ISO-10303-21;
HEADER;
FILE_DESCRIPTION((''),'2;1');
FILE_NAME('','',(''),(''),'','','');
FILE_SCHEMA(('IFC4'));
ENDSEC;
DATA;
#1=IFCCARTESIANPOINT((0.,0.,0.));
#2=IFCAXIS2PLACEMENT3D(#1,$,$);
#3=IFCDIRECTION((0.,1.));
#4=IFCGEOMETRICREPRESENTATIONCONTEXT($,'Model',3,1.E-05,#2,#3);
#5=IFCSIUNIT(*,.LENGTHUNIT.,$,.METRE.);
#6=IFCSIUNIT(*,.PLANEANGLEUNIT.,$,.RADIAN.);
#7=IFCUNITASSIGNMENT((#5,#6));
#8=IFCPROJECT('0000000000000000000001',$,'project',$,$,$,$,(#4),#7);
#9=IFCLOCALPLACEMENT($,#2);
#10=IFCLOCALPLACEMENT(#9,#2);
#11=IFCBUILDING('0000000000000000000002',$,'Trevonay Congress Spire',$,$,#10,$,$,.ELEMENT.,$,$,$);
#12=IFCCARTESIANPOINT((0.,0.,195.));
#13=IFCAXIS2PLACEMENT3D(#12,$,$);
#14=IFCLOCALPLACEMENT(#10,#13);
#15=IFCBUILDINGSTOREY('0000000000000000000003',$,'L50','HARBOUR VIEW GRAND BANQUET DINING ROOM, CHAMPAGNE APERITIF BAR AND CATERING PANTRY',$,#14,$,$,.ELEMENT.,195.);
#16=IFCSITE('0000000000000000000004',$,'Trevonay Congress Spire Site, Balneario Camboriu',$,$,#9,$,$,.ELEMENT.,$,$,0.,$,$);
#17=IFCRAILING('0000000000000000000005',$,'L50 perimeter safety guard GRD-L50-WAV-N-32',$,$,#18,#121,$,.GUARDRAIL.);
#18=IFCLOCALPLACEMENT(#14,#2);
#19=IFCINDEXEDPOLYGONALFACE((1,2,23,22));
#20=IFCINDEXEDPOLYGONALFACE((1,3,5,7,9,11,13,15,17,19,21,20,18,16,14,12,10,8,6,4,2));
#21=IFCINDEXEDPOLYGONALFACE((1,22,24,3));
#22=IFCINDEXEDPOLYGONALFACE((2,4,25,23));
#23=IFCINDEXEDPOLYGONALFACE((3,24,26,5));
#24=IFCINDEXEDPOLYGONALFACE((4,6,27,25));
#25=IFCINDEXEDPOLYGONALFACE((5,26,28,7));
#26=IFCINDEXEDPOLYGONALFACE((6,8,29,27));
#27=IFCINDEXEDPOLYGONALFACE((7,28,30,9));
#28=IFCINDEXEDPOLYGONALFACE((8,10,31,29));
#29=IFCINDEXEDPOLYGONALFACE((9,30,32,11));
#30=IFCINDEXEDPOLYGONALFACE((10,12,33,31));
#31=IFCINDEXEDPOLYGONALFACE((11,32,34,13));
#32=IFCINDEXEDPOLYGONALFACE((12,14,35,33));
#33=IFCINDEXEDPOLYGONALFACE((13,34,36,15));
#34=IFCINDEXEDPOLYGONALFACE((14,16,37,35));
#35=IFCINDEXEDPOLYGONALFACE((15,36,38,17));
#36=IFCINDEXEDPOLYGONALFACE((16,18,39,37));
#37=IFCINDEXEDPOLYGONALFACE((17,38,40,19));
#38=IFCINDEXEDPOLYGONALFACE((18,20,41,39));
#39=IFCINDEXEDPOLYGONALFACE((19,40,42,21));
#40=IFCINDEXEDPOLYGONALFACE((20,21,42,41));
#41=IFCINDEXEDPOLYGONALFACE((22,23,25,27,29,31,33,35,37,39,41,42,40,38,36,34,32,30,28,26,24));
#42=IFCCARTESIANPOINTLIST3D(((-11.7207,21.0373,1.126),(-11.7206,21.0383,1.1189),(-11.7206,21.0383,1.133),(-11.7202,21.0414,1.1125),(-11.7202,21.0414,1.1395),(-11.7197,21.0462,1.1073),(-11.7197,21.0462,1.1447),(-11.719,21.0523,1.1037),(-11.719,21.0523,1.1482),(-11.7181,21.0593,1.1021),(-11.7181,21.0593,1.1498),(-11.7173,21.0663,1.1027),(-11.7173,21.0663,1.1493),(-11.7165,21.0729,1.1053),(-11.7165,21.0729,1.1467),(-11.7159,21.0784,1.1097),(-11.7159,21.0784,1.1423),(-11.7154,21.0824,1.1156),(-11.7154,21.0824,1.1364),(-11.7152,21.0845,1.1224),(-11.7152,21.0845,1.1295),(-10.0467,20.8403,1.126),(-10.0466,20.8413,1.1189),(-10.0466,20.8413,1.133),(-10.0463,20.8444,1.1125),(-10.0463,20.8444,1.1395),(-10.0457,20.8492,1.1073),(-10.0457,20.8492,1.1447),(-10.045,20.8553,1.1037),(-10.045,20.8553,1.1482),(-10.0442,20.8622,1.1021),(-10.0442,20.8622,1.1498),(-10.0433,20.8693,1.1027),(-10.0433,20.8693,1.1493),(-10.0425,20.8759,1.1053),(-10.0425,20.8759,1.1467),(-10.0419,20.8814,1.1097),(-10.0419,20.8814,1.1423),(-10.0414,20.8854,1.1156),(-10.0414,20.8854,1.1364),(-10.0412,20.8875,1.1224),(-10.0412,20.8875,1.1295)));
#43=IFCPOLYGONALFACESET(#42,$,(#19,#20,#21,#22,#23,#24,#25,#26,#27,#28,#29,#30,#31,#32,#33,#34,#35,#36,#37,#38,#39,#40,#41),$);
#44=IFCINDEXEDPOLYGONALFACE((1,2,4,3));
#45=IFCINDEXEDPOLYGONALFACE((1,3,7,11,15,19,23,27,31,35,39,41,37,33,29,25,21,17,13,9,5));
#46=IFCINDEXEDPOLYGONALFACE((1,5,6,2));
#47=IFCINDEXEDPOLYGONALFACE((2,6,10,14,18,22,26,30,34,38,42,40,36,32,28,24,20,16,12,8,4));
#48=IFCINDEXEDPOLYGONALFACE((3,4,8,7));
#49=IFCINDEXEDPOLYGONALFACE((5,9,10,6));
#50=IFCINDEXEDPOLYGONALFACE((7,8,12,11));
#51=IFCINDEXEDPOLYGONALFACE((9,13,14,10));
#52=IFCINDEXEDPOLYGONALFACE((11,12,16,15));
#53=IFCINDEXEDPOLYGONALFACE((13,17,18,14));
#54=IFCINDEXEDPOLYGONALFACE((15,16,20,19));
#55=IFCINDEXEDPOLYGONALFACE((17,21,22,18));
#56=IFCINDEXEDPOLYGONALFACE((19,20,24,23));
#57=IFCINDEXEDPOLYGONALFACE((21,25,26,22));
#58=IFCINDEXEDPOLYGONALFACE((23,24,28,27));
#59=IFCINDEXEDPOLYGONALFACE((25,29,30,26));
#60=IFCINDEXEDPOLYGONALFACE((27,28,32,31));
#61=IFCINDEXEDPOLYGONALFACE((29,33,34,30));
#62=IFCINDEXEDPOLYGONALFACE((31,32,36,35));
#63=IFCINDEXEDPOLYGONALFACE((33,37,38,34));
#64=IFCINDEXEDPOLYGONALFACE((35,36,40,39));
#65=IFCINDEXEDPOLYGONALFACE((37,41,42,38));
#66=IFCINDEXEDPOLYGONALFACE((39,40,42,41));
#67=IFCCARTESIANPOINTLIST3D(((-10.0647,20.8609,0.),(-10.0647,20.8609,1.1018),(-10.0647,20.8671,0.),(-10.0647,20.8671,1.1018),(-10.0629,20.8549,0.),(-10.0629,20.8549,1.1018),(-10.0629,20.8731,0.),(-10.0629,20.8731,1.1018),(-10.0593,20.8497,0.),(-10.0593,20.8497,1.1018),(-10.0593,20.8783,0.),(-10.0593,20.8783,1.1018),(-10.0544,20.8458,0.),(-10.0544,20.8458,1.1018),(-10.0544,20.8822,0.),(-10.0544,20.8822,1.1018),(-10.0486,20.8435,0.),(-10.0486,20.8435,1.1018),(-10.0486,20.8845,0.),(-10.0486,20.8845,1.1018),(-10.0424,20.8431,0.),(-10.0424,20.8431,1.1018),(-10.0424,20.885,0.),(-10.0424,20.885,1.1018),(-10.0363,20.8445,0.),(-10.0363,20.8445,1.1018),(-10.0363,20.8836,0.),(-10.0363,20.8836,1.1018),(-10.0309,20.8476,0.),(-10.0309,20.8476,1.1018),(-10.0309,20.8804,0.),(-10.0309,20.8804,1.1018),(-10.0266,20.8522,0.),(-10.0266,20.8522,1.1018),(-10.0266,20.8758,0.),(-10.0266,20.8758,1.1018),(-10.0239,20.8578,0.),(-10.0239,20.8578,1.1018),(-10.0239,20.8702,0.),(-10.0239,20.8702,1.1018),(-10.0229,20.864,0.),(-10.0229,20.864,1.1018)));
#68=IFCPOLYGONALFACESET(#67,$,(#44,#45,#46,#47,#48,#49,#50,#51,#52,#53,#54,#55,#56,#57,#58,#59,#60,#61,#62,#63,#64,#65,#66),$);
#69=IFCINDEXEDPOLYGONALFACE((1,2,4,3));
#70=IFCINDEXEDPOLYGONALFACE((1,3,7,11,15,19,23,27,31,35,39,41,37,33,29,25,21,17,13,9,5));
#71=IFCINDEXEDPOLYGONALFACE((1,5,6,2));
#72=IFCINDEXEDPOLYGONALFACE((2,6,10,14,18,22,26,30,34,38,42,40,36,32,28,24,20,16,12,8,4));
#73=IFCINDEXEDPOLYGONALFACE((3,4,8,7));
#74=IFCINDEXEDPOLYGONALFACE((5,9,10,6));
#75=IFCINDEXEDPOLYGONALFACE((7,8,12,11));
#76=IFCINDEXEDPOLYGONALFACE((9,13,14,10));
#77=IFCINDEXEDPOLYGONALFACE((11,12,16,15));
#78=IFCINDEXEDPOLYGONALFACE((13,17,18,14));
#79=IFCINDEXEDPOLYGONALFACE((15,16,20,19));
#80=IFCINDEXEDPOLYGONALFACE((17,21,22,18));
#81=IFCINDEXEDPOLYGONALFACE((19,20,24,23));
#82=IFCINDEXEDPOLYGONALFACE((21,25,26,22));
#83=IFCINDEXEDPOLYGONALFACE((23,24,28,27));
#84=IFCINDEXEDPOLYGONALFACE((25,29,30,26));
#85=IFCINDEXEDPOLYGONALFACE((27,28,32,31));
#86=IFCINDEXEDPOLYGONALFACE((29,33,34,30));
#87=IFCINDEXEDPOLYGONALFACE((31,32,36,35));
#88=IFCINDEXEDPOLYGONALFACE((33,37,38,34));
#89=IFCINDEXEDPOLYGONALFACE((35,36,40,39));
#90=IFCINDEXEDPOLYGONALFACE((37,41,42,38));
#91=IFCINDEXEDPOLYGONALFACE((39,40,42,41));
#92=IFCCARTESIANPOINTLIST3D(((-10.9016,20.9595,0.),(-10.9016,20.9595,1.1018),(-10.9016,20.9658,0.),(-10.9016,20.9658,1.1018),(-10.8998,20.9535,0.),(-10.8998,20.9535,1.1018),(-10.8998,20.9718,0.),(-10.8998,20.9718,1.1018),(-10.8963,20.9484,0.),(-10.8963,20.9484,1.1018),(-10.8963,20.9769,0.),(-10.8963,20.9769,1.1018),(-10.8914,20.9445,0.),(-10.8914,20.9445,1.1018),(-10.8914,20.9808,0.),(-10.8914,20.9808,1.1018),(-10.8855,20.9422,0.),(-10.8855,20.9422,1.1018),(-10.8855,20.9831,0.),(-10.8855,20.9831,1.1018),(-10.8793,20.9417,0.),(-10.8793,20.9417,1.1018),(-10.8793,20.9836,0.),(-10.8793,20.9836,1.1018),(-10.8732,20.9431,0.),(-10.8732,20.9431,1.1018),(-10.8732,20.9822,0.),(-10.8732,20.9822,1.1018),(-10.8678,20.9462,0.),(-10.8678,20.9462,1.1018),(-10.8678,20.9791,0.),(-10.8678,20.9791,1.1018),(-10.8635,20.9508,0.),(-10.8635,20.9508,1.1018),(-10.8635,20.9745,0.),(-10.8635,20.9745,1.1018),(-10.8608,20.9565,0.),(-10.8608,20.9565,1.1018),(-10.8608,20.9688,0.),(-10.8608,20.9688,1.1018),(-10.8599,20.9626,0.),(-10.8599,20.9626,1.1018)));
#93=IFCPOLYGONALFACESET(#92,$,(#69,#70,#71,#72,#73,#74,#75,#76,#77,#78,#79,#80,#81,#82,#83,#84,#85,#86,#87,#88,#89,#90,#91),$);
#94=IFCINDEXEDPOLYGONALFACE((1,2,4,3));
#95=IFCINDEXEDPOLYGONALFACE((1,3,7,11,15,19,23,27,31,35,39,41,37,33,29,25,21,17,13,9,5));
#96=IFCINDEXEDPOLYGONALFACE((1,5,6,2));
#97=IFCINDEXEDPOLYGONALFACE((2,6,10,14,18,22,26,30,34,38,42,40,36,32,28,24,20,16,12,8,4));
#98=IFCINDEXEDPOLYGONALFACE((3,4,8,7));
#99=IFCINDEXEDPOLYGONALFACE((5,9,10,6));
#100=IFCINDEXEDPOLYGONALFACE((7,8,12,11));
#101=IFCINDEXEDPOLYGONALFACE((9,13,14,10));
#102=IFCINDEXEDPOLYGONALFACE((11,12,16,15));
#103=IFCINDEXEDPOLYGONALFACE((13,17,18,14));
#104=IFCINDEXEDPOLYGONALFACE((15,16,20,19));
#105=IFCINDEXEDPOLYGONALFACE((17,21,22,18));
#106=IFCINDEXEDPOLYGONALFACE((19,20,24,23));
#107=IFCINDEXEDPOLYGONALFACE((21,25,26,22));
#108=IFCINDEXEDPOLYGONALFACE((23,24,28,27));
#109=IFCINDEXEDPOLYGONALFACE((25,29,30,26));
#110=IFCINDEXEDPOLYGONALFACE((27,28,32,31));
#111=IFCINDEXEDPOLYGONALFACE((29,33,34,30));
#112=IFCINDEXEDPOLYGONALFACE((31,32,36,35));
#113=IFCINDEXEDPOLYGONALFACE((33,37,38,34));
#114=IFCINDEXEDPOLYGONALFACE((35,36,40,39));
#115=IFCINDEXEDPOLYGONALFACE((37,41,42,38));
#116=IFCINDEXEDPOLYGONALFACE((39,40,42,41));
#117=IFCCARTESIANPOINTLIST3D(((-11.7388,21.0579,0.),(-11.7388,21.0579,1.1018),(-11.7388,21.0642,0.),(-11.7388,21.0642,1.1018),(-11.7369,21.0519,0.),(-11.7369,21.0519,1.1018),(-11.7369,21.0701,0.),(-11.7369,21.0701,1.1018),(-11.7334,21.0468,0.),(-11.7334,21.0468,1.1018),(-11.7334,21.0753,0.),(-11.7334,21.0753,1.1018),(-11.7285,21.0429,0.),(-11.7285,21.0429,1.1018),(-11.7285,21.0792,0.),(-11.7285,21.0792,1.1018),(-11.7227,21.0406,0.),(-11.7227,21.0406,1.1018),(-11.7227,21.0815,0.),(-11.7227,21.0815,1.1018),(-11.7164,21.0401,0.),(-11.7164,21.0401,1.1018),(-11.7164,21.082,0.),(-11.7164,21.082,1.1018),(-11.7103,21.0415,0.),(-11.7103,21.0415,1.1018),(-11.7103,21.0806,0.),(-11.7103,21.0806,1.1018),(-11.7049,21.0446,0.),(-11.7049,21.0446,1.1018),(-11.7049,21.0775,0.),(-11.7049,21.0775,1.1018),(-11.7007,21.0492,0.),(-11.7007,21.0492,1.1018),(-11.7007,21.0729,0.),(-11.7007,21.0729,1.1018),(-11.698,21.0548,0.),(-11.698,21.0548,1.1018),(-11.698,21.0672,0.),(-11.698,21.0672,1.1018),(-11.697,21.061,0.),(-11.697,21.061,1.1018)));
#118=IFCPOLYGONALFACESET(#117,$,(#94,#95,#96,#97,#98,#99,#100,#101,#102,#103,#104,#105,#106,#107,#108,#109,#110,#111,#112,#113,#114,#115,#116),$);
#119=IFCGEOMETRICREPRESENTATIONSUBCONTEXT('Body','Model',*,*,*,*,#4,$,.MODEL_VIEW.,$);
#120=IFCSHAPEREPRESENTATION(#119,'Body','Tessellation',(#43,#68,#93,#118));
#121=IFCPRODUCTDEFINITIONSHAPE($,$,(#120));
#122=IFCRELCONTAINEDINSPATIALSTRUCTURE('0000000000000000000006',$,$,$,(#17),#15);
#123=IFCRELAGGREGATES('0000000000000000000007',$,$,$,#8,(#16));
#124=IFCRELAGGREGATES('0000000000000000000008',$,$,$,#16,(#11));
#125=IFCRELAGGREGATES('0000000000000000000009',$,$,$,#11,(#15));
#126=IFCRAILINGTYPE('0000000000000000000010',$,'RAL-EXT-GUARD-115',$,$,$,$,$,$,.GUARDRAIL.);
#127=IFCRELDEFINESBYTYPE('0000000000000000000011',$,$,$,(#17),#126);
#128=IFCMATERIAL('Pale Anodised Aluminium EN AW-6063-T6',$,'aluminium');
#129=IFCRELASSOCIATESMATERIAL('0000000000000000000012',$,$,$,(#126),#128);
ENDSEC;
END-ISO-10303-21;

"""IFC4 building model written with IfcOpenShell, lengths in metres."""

from ifc_helpers import new_model, si_unit, direction, frame, origin, origin_2d, place, context, subcontext, project, spatial, circle, extrude, material, type_object, element, save


model = new_model("IFC4")

# Units and contexts
model_context = context("Model", 3, precision=1e-05, world=origin(), true_north=direction((0.0, 1.0)))
body_context = subcontext(model_context, "Body", "Model", "MODEL_VIEW")
ifc_project = project(units=[si_unit("LENGTHUNIT", "METRE"), si_unit("PLANEANGLEUNIT", "RADIAN")], contexts=[model_context])

# Site, building, storey
site_placement = place(None, origin())
site = spatial("IfcSite", under=ifc_project, at=site_placement, Name="Trevonay Congress Spire Site, Balneario Camboriu", CompositionType="ELEMENT", RefElevation=0.0)
building_placement = place(site_placement, origin())
building = spatial("IfcBuilding", under=site, at=building_placement, Name="Trevonay Congress Spire", CompositionType="ELEMENT")
storey_placement = place(building_placement, frame((0.0, 0.0, 195.0)))
storey = spatial("IfcBuildingStorey", under=building, at=storey_placement, Name="L50", Description="HARBOUR VIEW GRAND BANQUET DINING ROOM, CHAMPAGNE APERITIF BAR AND CATERING PANTRY", CompositionType="ELEMENT", Elevation=195.0)

# Shared definitions
ifc_material_1 = material(Name="Pale Anodised Aluminium EN AW-6063-T6", Category="aluminium")

# Railing
railing_type = type_object("IfcRailingType", Name="RAL-EXT-GUARD-115", PredefinedType="GUARDRAIL", material=ifc_material_1)
railing_1_placement = place(storey_placement, frame((-10.0439, 20.864, 0.0)))
element("IfcRailing", 1, at=railing_1_placement, inside=storey, type_object=railing_type, Name="L50 perimeter safety guard GRD-L50-WAV-N-32", PredefinedType="GUARDRAIL", context=body_context, shape_type="SweptSolid", body=[
    extrude(circle(Radius=0.0239, at=origin_2d()), frame((0.0, 0.0, 1.126), z_axis=(-0.993146, 0.116883, 0.0), x_axis=(-0.116883, -0.993146, 0.0)), (0.0, 0.0, 1.0), 1.6855),
    extrude(circle(Radius=0.021, at=origin_2d()), origin(), (0.0, 0.0, 1.0), 1.1018),
    extrude(circle(Radius=0.021, at=origin_2d()), frame((-0.8369, 0.0986, 0.0)), (0.0, 0.0, 1.0), 1.1018),
    extrude(circle(Radius=0.021, at=origin_2d()), frame((-1.6741, 0.197, 0.0)), (0.0, 0.0, 1.0), 1.1018),
])

save(model, "model.ifc")
